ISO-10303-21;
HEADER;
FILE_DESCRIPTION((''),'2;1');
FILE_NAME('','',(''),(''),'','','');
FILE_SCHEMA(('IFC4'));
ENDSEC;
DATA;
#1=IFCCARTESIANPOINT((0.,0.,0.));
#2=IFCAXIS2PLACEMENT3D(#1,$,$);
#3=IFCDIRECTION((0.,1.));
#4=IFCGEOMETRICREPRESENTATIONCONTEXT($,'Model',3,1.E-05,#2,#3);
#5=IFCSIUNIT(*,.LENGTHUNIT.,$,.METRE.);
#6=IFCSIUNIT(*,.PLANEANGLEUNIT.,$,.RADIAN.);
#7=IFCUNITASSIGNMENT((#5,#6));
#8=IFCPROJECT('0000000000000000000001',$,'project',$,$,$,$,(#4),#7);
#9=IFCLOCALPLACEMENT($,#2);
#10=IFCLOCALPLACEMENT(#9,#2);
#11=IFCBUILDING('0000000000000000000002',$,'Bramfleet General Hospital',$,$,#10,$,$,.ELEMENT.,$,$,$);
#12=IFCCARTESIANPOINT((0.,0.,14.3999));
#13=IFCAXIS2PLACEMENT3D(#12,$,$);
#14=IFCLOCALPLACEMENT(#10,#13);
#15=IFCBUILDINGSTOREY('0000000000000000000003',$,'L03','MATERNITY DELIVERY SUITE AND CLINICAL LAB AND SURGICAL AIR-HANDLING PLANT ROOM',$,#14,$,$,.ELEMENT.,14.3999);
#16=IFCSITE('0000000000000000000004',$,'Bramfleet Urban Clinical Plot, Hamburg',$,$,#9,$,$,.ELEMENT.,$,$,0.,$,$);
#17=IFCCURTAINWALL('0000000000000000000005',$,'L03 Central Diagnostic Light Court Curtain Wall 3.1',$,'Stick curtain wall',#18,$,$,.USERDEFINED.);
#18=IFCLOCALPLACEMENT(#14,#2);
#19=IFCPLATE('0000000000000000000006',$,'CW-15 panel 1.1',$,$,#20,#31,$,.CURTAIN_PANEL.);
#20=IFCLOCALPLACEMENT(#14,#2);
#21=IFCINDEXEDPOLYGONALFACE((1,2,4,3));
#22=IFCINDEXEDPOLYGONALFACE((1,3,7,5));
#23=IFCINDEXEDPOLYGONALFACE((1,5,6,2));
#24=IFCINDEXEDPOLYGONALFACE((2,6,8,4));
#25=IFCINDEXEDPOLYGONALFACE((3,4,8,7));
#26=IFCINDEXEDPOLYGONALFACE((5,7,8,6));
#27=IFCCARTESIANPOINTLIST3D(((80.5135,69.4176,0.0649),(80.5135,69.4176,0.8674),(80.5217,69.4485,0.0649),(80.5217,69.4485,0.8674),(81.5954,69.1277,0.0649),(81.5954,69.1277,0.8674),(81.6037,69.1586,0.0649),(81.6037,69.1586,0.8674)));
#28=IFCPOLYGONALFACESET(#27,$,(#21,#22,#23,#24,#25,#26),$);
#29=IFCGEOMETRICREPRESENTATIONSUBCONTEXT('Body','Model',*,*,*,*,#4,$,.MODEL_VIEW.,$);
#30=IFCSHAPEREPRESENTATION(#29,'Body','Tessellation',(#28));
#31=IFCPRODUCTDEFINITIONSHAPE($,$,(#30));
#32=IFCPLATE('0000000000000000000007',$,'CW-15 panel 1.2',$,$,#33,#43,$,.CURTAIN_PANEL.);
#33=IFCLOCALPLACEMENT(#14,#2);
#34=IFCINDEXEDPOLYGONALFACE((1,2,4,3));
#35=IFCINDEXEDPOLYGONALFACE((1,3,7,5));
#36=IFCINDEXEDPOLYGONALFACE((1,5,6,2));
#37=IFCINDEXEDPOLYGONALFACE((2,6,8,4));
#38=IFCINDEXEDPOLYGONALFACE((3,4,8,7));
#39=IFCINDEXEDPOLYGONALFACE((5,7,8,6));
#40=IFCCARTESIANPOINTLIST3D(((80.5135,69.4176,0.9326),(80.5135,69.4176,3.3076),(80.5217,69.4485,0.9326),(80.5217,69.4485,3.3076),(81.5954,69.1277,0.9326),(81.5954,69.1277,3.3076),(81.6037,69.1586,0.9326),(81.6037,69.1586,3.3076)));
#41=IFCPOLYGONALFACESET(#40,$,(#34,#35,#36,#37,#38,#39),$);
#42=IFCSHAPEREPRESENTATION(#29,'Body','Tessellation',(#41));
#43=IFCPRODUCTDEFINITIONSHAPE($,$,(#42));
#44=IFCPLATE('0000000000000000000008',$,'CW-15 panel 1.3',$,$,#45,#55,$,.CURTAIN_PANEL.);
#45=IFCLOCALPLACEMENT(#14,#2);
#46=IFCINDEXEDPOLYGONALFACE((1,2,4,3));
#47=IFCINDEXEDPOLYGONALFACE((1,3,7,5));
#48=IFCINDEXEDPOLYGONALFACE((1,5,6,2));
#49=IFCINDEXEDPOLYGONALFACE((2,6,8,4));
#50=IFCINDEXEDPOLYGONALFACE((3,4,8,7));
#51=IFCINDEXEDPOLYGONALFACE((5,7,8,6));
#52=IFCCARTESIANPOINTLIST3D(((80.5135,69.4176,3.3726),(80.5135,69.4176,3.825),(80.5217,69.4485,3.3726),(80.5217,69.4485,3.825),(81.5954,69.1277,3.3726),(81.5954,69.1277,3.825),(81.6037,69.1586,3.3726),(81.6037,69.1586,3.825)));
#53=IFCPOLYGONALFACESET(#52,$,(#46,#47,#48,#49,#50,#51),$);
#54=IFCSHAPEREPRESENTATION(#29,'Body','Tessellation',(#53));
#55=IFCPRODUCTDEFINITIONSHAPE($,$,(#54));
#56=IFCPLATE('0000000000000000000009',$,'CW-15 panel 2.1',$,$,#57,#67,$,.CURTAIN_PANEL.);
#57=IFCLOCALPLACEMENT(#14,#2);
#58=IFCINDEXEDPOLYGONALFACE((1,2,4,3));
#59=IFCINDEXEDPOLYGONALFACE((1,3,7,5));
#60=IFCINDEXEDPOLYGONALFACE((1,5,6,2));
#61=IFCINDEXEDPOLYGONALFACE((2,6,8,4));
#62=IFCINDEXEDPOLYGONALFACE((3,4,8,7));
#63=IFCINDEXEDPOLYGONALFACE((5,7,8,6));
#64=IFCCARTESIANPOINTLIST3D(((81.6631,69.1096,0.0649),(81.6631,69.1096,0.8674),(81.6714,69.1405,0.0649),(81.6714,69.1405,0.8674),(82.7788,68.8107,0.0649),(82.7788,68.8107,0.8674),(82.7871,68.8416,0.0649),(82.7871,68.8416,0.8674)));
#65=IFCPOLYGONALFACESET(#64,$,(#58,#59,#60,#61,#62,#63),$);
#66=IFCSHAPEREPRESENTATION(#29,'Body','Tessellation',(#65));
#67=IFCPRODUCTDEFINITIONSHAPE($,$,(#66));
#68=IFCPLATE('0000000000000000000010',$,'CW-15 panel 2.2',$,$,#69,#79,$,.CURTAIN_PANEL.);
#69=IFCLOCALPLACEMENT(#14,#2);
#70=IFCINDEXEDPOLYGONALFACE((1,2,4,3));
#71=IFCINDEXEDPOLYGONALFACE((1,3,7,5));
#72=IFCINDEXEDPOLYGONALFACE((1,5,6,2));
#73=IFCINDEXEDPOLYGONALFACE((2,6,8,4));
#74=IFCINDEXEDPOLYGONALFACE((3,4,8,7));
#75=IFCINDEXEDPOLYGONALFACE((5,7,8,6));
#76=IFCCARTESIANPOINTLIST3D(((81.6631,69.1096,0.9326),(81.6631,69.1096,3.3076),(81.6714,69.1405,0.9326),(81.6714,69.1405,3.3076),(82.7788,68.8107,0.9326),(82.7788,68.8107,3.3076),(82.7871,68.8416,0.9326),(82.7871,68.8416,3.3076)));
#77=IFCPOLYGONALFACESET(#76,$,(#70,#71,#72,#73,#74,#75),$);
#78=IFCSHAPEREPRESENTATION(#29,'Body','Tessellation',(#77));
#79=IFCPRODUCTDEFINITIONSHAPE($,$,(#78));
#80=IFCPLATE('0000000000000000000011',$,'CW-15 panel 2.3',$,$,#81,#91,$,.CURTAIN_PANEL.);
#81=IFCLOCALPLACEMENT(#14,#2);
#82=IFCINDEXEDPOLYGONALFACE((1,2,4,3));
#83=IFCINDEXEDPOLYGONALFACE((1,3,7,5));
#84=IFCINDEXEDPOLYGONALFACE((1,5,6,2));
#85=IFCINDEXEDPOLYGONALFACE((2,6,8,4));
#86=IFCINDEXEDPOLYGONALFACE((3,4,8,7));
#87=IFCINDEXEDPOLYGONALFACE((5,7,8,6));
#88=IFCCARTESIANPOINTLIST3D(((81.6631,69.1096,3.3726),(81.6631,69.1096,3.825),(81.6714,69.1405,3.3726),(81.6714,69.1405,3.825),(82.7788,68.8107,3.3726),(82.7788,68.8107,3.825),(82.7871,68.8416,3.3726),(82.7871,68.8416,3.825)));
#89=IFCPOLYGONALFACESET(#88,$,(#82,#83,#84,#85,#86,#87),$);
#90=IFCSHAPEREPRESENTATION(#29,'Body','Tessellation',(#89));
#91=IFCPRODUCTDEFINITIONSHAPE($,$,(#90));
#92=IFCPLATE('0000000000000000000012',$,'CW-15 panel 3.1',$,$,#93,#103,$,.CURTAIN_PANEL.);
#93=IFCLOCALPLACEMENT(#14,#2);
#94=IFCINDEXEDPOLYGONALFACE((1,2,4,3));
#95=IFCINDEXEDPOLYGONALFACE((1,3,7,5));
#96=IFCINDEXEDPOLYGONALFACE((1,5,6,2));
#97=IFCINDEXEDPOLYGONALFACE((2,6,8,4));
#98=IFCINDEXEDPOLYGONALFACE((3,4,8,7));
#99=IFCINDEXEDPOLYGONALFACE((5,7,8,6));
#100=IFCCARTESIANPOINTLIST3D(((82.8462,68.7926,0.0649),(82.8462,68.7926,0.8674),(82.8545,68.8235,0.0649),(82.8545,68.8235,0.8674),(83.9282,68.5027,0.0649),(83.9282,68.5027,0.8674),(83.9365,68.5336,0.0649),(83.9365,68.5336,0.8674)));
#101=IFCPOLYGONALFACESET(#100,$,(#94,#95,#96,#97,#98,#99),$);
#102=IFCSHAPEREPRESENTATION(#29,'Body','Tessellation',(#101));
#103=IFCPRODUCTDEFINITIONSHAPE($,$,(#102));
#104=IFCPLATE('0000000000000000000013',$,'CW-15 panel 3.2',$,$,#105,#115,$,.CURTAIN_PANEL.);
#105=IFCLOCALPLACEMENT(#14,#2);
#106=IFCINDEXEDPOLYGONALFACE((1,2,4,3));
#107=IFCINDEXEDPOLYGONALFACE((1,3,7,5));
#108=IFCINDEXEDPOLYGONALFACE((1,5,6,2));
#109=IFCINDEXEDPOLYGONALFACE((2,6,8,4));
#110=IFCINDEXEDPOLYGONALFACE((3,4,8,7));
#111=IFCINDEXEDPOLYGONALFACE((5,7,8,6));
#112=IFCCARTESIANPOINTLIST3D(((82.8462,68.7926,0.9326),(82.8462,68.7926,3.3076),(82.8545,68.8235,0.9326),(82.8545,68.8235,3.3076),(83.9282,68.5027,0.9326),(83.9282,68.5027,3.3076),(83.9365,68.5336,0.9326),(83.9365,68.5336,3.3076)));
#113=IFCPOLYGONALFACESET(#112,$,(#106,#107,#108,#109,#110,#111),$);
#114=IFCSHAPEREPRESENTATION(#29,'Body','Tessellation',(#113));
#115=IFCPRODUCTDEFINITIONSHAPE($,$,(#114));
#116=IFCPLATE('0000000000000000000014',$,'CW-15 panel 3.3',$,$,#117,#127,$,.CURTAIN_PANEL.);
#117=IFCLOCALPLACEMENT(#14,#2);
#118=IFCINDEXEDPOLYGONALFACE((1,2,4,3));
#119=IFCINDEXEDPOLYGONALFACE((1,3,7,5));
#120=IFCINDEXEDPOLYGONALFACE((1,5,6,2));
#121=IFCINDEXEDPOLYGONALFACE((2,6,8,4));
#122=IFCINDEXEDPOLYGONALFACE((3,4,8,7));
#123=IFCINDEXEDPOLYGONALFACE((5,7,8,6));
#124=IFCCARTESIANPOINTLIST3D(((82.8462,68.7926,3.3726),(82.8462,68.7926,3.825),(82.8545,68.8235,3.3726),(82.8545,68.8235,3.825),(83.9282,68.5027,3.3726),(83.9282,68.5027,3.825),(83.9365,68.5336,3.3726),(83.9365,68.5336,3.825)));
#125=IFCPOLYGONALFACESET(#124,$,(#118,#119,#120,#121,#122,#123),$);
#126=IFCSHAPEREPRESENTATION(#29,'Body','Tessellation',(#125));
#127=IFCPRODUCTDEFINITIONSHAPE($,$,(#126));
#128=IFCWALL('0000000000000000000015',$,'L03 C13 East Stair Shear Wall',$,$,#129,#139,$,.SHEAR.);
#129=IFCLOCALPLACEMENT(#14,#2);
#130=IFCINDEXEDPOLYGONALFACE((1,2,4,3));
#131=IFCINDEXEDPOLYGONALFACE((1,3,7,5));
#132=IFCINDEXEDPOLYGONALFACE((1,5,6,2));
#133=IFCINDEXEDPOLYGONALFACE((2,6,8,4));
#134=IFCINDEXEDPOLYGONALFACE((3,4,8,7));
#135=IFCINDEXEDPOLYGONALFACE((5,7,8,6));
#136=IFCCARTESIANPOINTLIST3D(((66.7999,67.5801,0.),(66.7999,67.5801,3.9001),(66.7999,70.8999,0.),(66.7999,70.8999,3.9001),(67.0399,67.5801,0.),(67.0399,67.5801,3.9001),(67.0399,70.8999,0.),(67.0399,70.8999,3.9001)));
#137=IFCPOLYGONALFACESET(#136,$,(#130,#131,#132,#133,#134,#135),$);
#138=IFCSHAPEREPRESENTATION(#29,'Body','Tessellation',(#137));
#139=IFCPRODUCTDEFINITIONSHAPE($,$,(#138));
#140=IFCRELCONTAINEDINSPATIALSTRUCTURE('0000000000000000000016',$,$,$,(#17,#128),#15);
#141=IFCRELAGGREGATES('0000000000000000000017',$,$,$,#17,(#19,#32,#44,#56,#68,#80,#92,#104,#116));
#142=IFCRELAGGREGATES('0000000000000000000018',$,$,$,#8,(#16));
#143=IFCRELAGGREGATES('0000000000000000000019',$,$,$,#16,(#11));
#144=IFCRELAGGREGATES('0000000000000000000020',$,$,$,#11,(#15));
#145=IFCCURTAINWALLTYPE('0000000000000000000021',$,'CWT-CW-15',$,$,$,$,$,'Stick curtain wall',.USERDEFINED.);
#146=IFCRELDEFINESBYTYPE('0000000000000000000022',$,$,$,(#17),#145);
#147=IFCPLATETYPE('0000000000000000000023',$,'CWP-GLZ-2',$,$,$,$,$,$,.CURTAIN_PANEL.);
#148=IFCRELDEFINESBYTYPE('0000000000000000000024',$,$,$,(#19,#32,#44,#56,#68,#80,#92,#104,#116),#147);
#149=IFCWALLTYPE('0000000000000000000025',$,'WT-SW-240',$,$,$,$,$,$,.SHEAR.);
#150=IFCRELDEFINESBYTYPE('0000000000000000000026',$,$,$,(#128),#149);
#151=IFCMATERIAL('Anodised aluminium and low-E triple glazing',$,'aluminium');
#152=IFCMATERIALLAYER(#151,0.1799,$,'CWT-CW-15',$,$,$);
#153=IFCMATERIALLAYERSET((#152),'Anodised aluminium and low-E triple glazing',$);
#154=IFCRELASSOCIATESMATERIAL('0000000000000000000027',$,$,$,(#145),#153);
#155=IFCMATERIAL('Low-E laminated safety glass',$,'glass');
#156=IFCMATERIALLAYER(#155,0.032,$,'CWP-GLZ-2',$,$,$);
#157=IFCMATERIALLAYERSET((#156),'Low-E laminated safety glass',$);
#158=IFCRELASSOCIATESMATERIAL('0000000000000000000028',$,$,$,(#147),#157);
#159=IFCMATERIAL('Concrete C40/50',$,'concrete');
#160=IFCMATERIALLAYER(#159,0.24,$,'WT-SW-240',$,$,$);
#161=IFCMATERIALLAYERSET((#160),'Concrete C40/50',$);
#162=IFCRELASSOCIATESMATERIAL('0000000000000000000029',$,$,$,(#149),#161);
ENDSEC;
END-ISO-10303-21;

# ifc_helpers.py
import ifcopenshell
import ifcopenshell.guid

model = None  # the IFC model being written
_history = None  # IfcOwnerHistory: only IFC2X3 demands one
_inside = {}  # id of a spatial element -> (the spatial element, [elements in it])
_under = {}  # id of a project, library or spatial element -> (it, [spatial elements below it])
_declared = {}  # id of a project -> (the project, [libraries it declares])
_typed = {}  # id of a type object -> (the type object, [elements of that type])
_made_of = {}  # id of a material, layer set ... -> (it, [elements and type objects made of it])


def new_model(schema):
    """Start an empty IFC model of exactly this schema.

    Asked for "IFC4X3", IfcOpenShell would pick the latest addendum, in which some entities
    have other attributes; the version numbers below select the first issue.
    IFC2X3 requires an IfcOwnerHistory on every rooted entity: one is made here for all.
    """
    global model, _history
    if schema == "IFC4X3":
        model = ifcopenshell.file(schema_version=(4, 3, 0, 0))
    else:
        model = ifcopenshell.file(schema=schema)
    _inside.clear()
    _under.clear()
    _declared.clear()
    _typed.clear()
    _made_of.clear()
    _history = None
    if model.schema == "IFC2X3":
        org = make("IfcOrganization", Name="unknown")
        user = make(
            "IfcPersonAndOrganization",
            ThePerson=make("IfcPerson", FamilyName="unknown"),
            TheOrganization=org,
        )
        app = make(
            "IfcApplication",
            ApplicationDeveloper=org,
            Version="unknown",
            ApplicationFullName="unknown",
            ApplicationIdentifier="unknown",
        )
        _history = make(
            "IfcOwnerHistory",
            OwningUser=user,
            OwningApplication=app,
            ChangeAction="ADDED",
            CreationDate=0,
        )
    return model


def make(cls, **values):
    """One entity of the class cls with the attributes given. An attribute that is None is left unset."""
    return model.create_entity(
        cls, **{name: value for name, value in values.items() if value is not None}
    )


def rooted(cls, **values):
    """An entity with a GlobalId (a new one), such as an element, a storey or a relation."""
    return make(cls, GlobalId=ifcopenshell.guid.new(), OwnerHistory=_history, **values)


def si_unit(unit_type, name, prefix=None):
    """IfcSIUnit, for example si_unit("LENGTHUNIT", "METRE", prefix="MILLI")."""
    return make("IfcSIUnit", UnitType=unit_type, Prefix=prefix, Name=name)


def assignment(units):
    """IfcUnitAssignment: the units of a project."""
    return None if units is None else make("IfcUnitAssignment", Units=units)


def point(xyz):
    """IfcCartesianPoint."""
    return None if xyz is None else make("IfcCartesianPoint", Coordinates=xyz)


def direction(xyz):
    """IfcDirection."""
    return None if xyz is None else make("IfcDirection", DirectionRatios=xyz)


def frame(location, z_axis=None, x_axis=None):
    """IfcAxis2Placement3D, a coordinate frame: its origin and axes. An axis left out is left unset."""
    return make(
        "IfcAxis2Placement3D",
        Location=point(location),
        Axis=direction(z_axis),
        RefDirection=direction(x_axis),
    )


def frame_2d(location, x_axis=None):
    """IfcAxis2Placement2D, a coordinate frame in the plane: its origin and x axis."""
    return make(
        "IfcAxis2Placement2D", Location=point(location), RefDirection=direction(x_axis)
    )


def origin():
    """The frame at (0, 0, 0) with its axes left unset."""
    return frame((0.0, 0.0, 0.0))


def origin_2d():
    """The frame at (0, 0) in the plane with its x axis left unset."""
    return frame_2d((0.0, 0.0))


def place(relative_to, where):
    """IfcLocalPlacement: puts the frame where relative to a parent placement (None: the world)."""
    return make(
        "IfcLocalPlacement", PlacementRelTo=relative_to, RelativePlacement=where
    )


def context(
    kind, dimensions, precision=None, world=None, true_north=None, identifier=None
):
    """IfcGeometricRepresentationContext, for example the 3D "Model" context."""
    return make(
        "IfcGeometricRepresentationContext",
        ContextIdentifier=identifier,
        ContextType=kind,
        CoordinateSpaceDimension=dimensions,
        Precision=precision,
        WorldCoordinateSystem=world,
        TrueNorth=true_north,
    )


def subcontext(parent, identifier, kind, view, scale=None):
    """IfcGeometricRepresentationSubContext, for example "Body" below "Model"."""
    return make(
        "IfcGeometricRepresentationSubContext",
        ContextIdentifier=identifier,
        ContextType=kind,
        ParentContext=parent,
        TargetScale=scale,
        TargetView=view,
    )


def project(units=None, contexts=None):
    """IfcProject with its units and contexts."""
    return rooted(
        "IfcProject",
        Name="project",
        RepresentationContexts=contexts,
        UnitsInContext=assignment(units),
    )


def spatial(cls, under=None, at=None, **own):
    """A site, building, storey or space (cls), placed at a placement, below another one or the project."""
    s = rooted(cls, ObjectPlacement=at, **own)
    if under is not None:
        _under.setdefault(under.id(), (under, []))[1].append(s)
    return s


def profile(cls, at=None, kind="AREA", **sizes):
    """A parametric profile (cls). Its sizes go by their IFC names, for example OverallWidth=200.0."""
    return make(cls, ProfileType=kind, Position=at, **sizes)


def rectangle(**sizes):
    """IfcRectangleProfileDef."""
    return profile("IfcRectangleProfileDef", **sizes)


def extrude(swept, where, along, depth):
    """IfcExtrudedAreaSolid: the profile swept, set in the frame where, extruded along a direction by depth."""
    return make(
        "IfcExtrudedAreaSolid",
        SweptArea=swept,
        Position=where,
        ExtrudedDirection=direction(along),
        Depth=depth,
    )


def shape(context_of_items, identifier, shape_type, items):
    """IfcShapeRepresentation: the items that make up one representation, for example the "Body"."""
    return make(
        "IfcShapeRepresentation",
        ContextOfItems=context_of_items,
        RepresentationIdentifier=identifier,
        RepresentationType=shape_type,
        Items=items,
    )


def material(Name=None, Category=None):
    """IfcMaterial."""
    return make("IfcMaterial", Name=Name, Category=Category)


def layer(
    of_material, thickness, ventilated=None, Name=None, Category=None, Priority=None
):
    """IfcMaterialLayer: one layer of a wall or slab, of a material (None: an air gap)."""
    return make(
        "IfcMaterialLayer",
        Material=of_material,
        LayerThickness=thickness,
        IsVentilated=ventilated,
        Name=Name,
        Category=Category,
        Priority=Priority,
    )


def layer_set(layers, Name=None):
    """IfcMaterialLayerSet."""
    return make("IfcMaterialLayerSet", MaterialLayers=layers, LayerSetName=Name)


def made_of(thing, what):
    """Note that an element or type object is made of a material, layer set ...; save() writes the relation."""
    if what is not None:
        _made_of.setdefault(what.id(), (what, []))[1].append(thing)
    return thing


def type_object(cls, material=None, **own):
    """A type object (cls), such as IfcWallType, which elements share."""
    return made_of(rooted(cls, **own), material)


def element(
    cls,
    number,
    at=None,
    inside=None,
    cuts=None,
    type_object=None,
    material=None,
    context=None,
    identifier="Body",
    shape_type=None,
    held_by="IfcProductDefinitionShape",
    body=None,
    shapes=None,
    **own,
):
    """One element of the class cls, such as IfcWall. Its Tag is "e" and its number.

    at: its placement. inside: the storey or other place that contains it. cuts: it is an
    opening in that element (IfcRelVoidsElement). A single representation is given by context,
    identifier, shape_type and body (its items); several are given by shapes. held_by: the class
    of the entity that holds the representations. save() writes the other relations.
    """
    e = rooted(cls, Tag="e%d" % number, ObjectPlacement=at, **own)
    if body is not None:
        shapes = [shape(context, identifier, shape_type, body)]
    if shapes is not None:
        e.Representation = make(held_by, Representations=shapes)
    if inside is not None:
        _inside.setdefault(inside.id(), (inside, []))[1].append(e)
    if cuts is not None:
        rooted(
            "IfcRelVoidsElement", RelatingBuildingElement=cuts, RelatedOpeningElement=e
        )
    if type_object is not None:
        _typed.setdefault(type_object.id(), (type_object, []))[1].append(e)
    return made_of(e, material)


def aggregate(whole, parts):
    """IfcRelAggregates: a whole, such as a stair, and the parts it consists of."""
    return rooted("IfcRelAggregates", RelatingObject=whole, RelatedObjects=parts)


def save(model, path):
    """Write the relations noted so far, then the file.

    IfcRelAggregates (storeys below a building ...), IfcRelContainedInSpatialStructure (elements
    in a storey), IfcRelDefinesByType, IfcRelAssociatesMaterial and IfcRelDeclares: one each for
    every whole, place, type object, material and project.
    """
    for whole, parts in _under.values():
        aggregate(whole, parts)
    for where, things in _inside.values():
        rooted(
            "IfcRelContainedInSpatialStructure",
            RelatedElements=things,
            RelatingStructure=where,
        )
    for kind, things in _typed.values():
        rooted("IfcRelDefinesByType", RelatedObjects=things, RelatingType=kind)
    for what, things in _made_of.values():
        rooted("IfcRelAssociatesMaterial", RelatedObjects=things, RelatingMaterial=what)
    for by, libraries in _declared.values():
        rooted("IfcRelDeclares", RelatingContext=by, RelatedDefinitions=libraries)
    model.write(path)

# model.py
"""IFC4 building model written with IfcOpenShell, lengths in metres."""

from ifc_helpers import new_model, si_unit, direction, frame, frame_2d, origin, origin_2d, place, context, subcontext, project, spatial, rectangle, extrude, material, layer, layer_set, type_object, element, aggregate, save


model = new_model("IFC4")

# Units and contexts
model_context = context("Model", 3, precision=1e-05, world=origin(), true_north=direction((0.0, 1.0)))
body_context = subcontext(model_context, "Body", "Model", "MODEL_VIEW")
ifc_project = project(units=[si_unit("LENGTHUNIT", "METRE"), si_unit("PLANEANGLEUNIT", "RADIAN")], contexts=[model_context])

# Site, building, storey
site_placement = place(None, origin())
site = spatial("IfcSite", under=ifc_project, at=site_placement, Name="Bramfleet Urban Clinical Plot, Hamburg", CompositionType="ELEMENT", RefElevation=0.0)
building_placement = place(site_placement, origin())
building = spatial("IfcBuilding", under=site, at=building_placement, Name="Bramfleet General Hospital", CompositionType="ELEMENT")
storey_placement = place(building_placement, frame((0.0, 0.0, 14.3999)))
storey = spatial("IfcBuildingStorey", under=building, at=storey_placement, Name="L03", Description="MATERNITY DELIVERY SUITE AND CLINICAL LAB AND SURGICAL AIR-HANDLING PLANT ROOM", CompositionType="ELEMENT", Elevation=14.3999)

# Shared definitions
ifc_material_1 = material(Name="Anodised aluminium and low-E triple glazing", Category="aluminium")

# Curtain wall
ifc_layer_1 = layer(ifc_material_1, 0.1799, Name="CWT-CW-15")
ifc_layer_set_1 = layer_set([ifc_layer_1], Name="Anodised aluminium and low-E triple glazing")
curtain_wall_type_1 = type_object("IfcCurtainWallType", Name="CWT-CW-15", ElementType="Stick curtain wall", PredefinedType="USERDEFINED", material=ifc_layer_set_1)
curtain_wall_1_placement = place(storey_placement, origin())
curtain_wall_1 = element("IfcCurtainWall", 1, at=curtain_wall_1_placement, inside=storey, type_object=curtain_wall_type_1, Name="L03 Central Diagnostic Light Court Curtain Wall 3.1", ObjectType="Stick curtain wall", PredefinedType="USERDEFINED")

# Plates
ifc_material_2 = material(Name="Low-E laminated safety glass", Category="glass")
ifc_layer_2 = layer(ifc_material_2, 0.032, Name="CWP-GLZ-2")
ifc_layer_set_2 = layer_set([ifc_layer_2], Name="Low-E laminated safety glass")
plate_type = type_object("IfcPlateType", Name="CWP-GLZ-2", PredefinedType="CURTAIN_PANEL", material=ifc_layer_set_2)
plate_1_placement = place(storey_placement, frame((81.0586, 69.2881, 0.0649), z_axis=(0.0, 0.0, 1.0), x_axis=(0.965941, -0.258763, 0.0)))
plate_1 = element("IfcPlate", 2, at=plate_1_placement, type_object=plate_type, Name="CW-15 panel 1.1", PredefinedType="CURTAIN_PANEL", context=body_context, shape_type="SweptSolid", body=[
    extrude(rectangle(XDim=1.1201, YDim=0.032, at=origin_2d()), origin(), (0.0, 0.0, 1.0), 0.8025),
])
plate_2_placement = place(storey_placement, frame((81.0586, 69.2881, 0.9326), z_axis=(0.0, 0.0, 1.0), x_axis=(0.965941, -0.258763, 0.0)))
plate_2 = element("IfcPlate", 3, at=plate_2_placement, type_object=plate_type, Name="CW-15 panel 1.2", PredefinedType="CURTAIN_PANEL", context=body_context, shape_type="SweptSolid", body=[
    extrude(rectangle(XDim=1.1201, YDim=0.032, at=origin_2d()), origin(), (0.0, 0.0, 1.0), 2.375),
])
plate_3_placement = place(storey_placement, frame((81.0586, 69.2881, 3.3726), z_axis=(0.0, 0.0, 1.0), x_axis=(0.965941, -0.258763, 0.0)))
plate_3 = element("IfcPlate", 4, at=plate_3_placement, type_object=plate_type, Name="CW-15 panel 1.3", PredefinedType="CURTAIN_PANEL", context=body_context, shape_type="SweptSolid", body=[
    extrude(rectangle(XDim=1.1201, YDim=0.032, at=origin_2d()), origin(), (0.0, 0.0, 1.0), 0.4524),
])
plate_4_placement = place(storey_placement, frame((82.2251, 68.9756, 0.0649), z_axis=(0.0, 0.0, 1.0), x_axis=(0.965941, -0.258763, 0.0)))
plate_4 = element("IfcPlate", 5, at=plate_4_placement, type_object=plate_type, Name="CW-15 panel 2.1", PredefinedType="CURTAIN_PANEL", context=body_context, shape_type="SweptSolid", body=[
    extrude(rectangle(XDim=1.155, YDim=0.032, at=origin_2d()), origin(), (0.0, 0.0, 1.0), 0.8025),
])
plate_5_placement = place(storey_placement, frame((82.2251, 68.9756, 0.9326), z_axis=(0.0, 0.0, 1.0), x_axis=(0.965941, -0.258763, 0.0)))
plate_5 = element("IfcPlate", 6, at=plate_5_placement, type_object=plate_type, Name="CW-15 panel 2.2", PredefinedType="CURTAIN_PANEL", context=body_context, shape_type="SweptSolid", body=[
    extrude(rectangle(XDim=1.155, YDim=0.032, at=origin_2d()), origin(), (0.0, 0.0, 1.0), 2.375),
])
plate_6_placement = place(storey_placement, frame((82.2251, 68.9756, 3.3726), z_axis=(0.0, 0.0, 1.0), x_axis=(0.965941, -0.258763, 0.0)))
plate_6 = element("IfcPlate", 7, at=plate_6_placement, type_object=plate_type, Name="CW-15 panel 2.3", PredefinedType="CURTAIN_PANEL", context=body_context, shape_type="SweptSolid", body=[
    extrude(rectangle(XDim=1.155, YDim=0.032, at=origin_2d()), origin(), (0.0, 0.0, 1.0), 0.4524),
])
plate_7_placement = place(storey_placement, frame((83.3914, 68.6631, 0.0649), z_axis=(0.0, 0.0, 1.0), x_axis=(0.965941, -0.258763, 0.0)))
plate_7 = element("IfcPlate", 8, at=plate_7_placement, type_object=plate_type, Name="CW-15 panel 3.1", PredefinedType="CURTAIN_PANEL", context=body_context, shape_type="SweptSolid", body=[
    extrude(rectangle(XDim=1.1201, YDim=0.032, at=origin_2d()), origin(), (0.0, 0.0, 1.0), 0.8025),
])
plate_8_placement = place(storey_placement, frame((83.3914, 68.6631, 0.9326), z_axis=(0.0, 0.0, 1.0), x_axis=(0.965941, -0.258763, 0.0)))
plate_8 = element("IfcPlate", 9, at=plate_8_placement, type_object=plate_type, Name="CW-15 panel 3.2", PredefinedType="CURTAIN_PANEL", context=body_context, shape_type="SweptSolid", body=[
    extrude(rectangle(XDim=1.1201, YDim=0.032, at=origin_2d()), origin(), (0.0, 0.0, 1.0), 2.375),
])
plate_9_placement = place(storey_placement, frame((83.3914, 68.6631, 3.3726), z_axis=(0.0, 0.0, 1.0), x_axis=(0.965941, -0.258763, 0.0)))
plate_9 = element("IfcPlate", 10, at=plate_9_placement, type_object=plate_type, Name="CW-15 panel 3.3", PredefinedType="CURTAIN_PANEL", context=body_context, shape_type="SweptSolid", body=[
    extrude(rectangle(XDim=1.1201, YDim=0.032, at=origin_2d()), origin(), (0.0, 0.0, 1.0), 0.4524),
])
aggregate(curtain_wall_1, [plate_1, plate_2, plate_3, plate_4, plate_5, plate_6, plate_7, plate_8, plate_9])

# Wall
ifc_material_3 = material(Name="Concrete C40/50", Category="concrete")
ifc_layer_3 = layer(ifc_material_3, 0.24, Name="WT-SW-240")
ifc_layer_set_3 = layer_set([ifc_layer_3], Name="Concrete C40/50")
wall_type = type_object("IfcWallType", Name="WT-SW-240", PredefinedType="SHEAR", material=ifc_layer_set_3)
wall_placement = place(storey_placement, frame((66.9199, 67.5801, 0.0), z_axis=(0.0, 0.0, 1.0), x_axis=(0.0, 1.0, 0.0)))
element("IfcWall", 11, at=wall_placement, inside=storey, type_object=wall_type, Name="L03 C13 East Stair Shear Wall", PredefinedType="SHEAR", context=body_context, shape_type="SweptSolid", body=[
    extrude(rectangle(XDim=3.3198, YDim=0.24, at=frame_2d((1.6599, 0.0))), origin(), (0.0, 0.0, 1.0), 3.9001),
])

save(model, "model.ifc")
